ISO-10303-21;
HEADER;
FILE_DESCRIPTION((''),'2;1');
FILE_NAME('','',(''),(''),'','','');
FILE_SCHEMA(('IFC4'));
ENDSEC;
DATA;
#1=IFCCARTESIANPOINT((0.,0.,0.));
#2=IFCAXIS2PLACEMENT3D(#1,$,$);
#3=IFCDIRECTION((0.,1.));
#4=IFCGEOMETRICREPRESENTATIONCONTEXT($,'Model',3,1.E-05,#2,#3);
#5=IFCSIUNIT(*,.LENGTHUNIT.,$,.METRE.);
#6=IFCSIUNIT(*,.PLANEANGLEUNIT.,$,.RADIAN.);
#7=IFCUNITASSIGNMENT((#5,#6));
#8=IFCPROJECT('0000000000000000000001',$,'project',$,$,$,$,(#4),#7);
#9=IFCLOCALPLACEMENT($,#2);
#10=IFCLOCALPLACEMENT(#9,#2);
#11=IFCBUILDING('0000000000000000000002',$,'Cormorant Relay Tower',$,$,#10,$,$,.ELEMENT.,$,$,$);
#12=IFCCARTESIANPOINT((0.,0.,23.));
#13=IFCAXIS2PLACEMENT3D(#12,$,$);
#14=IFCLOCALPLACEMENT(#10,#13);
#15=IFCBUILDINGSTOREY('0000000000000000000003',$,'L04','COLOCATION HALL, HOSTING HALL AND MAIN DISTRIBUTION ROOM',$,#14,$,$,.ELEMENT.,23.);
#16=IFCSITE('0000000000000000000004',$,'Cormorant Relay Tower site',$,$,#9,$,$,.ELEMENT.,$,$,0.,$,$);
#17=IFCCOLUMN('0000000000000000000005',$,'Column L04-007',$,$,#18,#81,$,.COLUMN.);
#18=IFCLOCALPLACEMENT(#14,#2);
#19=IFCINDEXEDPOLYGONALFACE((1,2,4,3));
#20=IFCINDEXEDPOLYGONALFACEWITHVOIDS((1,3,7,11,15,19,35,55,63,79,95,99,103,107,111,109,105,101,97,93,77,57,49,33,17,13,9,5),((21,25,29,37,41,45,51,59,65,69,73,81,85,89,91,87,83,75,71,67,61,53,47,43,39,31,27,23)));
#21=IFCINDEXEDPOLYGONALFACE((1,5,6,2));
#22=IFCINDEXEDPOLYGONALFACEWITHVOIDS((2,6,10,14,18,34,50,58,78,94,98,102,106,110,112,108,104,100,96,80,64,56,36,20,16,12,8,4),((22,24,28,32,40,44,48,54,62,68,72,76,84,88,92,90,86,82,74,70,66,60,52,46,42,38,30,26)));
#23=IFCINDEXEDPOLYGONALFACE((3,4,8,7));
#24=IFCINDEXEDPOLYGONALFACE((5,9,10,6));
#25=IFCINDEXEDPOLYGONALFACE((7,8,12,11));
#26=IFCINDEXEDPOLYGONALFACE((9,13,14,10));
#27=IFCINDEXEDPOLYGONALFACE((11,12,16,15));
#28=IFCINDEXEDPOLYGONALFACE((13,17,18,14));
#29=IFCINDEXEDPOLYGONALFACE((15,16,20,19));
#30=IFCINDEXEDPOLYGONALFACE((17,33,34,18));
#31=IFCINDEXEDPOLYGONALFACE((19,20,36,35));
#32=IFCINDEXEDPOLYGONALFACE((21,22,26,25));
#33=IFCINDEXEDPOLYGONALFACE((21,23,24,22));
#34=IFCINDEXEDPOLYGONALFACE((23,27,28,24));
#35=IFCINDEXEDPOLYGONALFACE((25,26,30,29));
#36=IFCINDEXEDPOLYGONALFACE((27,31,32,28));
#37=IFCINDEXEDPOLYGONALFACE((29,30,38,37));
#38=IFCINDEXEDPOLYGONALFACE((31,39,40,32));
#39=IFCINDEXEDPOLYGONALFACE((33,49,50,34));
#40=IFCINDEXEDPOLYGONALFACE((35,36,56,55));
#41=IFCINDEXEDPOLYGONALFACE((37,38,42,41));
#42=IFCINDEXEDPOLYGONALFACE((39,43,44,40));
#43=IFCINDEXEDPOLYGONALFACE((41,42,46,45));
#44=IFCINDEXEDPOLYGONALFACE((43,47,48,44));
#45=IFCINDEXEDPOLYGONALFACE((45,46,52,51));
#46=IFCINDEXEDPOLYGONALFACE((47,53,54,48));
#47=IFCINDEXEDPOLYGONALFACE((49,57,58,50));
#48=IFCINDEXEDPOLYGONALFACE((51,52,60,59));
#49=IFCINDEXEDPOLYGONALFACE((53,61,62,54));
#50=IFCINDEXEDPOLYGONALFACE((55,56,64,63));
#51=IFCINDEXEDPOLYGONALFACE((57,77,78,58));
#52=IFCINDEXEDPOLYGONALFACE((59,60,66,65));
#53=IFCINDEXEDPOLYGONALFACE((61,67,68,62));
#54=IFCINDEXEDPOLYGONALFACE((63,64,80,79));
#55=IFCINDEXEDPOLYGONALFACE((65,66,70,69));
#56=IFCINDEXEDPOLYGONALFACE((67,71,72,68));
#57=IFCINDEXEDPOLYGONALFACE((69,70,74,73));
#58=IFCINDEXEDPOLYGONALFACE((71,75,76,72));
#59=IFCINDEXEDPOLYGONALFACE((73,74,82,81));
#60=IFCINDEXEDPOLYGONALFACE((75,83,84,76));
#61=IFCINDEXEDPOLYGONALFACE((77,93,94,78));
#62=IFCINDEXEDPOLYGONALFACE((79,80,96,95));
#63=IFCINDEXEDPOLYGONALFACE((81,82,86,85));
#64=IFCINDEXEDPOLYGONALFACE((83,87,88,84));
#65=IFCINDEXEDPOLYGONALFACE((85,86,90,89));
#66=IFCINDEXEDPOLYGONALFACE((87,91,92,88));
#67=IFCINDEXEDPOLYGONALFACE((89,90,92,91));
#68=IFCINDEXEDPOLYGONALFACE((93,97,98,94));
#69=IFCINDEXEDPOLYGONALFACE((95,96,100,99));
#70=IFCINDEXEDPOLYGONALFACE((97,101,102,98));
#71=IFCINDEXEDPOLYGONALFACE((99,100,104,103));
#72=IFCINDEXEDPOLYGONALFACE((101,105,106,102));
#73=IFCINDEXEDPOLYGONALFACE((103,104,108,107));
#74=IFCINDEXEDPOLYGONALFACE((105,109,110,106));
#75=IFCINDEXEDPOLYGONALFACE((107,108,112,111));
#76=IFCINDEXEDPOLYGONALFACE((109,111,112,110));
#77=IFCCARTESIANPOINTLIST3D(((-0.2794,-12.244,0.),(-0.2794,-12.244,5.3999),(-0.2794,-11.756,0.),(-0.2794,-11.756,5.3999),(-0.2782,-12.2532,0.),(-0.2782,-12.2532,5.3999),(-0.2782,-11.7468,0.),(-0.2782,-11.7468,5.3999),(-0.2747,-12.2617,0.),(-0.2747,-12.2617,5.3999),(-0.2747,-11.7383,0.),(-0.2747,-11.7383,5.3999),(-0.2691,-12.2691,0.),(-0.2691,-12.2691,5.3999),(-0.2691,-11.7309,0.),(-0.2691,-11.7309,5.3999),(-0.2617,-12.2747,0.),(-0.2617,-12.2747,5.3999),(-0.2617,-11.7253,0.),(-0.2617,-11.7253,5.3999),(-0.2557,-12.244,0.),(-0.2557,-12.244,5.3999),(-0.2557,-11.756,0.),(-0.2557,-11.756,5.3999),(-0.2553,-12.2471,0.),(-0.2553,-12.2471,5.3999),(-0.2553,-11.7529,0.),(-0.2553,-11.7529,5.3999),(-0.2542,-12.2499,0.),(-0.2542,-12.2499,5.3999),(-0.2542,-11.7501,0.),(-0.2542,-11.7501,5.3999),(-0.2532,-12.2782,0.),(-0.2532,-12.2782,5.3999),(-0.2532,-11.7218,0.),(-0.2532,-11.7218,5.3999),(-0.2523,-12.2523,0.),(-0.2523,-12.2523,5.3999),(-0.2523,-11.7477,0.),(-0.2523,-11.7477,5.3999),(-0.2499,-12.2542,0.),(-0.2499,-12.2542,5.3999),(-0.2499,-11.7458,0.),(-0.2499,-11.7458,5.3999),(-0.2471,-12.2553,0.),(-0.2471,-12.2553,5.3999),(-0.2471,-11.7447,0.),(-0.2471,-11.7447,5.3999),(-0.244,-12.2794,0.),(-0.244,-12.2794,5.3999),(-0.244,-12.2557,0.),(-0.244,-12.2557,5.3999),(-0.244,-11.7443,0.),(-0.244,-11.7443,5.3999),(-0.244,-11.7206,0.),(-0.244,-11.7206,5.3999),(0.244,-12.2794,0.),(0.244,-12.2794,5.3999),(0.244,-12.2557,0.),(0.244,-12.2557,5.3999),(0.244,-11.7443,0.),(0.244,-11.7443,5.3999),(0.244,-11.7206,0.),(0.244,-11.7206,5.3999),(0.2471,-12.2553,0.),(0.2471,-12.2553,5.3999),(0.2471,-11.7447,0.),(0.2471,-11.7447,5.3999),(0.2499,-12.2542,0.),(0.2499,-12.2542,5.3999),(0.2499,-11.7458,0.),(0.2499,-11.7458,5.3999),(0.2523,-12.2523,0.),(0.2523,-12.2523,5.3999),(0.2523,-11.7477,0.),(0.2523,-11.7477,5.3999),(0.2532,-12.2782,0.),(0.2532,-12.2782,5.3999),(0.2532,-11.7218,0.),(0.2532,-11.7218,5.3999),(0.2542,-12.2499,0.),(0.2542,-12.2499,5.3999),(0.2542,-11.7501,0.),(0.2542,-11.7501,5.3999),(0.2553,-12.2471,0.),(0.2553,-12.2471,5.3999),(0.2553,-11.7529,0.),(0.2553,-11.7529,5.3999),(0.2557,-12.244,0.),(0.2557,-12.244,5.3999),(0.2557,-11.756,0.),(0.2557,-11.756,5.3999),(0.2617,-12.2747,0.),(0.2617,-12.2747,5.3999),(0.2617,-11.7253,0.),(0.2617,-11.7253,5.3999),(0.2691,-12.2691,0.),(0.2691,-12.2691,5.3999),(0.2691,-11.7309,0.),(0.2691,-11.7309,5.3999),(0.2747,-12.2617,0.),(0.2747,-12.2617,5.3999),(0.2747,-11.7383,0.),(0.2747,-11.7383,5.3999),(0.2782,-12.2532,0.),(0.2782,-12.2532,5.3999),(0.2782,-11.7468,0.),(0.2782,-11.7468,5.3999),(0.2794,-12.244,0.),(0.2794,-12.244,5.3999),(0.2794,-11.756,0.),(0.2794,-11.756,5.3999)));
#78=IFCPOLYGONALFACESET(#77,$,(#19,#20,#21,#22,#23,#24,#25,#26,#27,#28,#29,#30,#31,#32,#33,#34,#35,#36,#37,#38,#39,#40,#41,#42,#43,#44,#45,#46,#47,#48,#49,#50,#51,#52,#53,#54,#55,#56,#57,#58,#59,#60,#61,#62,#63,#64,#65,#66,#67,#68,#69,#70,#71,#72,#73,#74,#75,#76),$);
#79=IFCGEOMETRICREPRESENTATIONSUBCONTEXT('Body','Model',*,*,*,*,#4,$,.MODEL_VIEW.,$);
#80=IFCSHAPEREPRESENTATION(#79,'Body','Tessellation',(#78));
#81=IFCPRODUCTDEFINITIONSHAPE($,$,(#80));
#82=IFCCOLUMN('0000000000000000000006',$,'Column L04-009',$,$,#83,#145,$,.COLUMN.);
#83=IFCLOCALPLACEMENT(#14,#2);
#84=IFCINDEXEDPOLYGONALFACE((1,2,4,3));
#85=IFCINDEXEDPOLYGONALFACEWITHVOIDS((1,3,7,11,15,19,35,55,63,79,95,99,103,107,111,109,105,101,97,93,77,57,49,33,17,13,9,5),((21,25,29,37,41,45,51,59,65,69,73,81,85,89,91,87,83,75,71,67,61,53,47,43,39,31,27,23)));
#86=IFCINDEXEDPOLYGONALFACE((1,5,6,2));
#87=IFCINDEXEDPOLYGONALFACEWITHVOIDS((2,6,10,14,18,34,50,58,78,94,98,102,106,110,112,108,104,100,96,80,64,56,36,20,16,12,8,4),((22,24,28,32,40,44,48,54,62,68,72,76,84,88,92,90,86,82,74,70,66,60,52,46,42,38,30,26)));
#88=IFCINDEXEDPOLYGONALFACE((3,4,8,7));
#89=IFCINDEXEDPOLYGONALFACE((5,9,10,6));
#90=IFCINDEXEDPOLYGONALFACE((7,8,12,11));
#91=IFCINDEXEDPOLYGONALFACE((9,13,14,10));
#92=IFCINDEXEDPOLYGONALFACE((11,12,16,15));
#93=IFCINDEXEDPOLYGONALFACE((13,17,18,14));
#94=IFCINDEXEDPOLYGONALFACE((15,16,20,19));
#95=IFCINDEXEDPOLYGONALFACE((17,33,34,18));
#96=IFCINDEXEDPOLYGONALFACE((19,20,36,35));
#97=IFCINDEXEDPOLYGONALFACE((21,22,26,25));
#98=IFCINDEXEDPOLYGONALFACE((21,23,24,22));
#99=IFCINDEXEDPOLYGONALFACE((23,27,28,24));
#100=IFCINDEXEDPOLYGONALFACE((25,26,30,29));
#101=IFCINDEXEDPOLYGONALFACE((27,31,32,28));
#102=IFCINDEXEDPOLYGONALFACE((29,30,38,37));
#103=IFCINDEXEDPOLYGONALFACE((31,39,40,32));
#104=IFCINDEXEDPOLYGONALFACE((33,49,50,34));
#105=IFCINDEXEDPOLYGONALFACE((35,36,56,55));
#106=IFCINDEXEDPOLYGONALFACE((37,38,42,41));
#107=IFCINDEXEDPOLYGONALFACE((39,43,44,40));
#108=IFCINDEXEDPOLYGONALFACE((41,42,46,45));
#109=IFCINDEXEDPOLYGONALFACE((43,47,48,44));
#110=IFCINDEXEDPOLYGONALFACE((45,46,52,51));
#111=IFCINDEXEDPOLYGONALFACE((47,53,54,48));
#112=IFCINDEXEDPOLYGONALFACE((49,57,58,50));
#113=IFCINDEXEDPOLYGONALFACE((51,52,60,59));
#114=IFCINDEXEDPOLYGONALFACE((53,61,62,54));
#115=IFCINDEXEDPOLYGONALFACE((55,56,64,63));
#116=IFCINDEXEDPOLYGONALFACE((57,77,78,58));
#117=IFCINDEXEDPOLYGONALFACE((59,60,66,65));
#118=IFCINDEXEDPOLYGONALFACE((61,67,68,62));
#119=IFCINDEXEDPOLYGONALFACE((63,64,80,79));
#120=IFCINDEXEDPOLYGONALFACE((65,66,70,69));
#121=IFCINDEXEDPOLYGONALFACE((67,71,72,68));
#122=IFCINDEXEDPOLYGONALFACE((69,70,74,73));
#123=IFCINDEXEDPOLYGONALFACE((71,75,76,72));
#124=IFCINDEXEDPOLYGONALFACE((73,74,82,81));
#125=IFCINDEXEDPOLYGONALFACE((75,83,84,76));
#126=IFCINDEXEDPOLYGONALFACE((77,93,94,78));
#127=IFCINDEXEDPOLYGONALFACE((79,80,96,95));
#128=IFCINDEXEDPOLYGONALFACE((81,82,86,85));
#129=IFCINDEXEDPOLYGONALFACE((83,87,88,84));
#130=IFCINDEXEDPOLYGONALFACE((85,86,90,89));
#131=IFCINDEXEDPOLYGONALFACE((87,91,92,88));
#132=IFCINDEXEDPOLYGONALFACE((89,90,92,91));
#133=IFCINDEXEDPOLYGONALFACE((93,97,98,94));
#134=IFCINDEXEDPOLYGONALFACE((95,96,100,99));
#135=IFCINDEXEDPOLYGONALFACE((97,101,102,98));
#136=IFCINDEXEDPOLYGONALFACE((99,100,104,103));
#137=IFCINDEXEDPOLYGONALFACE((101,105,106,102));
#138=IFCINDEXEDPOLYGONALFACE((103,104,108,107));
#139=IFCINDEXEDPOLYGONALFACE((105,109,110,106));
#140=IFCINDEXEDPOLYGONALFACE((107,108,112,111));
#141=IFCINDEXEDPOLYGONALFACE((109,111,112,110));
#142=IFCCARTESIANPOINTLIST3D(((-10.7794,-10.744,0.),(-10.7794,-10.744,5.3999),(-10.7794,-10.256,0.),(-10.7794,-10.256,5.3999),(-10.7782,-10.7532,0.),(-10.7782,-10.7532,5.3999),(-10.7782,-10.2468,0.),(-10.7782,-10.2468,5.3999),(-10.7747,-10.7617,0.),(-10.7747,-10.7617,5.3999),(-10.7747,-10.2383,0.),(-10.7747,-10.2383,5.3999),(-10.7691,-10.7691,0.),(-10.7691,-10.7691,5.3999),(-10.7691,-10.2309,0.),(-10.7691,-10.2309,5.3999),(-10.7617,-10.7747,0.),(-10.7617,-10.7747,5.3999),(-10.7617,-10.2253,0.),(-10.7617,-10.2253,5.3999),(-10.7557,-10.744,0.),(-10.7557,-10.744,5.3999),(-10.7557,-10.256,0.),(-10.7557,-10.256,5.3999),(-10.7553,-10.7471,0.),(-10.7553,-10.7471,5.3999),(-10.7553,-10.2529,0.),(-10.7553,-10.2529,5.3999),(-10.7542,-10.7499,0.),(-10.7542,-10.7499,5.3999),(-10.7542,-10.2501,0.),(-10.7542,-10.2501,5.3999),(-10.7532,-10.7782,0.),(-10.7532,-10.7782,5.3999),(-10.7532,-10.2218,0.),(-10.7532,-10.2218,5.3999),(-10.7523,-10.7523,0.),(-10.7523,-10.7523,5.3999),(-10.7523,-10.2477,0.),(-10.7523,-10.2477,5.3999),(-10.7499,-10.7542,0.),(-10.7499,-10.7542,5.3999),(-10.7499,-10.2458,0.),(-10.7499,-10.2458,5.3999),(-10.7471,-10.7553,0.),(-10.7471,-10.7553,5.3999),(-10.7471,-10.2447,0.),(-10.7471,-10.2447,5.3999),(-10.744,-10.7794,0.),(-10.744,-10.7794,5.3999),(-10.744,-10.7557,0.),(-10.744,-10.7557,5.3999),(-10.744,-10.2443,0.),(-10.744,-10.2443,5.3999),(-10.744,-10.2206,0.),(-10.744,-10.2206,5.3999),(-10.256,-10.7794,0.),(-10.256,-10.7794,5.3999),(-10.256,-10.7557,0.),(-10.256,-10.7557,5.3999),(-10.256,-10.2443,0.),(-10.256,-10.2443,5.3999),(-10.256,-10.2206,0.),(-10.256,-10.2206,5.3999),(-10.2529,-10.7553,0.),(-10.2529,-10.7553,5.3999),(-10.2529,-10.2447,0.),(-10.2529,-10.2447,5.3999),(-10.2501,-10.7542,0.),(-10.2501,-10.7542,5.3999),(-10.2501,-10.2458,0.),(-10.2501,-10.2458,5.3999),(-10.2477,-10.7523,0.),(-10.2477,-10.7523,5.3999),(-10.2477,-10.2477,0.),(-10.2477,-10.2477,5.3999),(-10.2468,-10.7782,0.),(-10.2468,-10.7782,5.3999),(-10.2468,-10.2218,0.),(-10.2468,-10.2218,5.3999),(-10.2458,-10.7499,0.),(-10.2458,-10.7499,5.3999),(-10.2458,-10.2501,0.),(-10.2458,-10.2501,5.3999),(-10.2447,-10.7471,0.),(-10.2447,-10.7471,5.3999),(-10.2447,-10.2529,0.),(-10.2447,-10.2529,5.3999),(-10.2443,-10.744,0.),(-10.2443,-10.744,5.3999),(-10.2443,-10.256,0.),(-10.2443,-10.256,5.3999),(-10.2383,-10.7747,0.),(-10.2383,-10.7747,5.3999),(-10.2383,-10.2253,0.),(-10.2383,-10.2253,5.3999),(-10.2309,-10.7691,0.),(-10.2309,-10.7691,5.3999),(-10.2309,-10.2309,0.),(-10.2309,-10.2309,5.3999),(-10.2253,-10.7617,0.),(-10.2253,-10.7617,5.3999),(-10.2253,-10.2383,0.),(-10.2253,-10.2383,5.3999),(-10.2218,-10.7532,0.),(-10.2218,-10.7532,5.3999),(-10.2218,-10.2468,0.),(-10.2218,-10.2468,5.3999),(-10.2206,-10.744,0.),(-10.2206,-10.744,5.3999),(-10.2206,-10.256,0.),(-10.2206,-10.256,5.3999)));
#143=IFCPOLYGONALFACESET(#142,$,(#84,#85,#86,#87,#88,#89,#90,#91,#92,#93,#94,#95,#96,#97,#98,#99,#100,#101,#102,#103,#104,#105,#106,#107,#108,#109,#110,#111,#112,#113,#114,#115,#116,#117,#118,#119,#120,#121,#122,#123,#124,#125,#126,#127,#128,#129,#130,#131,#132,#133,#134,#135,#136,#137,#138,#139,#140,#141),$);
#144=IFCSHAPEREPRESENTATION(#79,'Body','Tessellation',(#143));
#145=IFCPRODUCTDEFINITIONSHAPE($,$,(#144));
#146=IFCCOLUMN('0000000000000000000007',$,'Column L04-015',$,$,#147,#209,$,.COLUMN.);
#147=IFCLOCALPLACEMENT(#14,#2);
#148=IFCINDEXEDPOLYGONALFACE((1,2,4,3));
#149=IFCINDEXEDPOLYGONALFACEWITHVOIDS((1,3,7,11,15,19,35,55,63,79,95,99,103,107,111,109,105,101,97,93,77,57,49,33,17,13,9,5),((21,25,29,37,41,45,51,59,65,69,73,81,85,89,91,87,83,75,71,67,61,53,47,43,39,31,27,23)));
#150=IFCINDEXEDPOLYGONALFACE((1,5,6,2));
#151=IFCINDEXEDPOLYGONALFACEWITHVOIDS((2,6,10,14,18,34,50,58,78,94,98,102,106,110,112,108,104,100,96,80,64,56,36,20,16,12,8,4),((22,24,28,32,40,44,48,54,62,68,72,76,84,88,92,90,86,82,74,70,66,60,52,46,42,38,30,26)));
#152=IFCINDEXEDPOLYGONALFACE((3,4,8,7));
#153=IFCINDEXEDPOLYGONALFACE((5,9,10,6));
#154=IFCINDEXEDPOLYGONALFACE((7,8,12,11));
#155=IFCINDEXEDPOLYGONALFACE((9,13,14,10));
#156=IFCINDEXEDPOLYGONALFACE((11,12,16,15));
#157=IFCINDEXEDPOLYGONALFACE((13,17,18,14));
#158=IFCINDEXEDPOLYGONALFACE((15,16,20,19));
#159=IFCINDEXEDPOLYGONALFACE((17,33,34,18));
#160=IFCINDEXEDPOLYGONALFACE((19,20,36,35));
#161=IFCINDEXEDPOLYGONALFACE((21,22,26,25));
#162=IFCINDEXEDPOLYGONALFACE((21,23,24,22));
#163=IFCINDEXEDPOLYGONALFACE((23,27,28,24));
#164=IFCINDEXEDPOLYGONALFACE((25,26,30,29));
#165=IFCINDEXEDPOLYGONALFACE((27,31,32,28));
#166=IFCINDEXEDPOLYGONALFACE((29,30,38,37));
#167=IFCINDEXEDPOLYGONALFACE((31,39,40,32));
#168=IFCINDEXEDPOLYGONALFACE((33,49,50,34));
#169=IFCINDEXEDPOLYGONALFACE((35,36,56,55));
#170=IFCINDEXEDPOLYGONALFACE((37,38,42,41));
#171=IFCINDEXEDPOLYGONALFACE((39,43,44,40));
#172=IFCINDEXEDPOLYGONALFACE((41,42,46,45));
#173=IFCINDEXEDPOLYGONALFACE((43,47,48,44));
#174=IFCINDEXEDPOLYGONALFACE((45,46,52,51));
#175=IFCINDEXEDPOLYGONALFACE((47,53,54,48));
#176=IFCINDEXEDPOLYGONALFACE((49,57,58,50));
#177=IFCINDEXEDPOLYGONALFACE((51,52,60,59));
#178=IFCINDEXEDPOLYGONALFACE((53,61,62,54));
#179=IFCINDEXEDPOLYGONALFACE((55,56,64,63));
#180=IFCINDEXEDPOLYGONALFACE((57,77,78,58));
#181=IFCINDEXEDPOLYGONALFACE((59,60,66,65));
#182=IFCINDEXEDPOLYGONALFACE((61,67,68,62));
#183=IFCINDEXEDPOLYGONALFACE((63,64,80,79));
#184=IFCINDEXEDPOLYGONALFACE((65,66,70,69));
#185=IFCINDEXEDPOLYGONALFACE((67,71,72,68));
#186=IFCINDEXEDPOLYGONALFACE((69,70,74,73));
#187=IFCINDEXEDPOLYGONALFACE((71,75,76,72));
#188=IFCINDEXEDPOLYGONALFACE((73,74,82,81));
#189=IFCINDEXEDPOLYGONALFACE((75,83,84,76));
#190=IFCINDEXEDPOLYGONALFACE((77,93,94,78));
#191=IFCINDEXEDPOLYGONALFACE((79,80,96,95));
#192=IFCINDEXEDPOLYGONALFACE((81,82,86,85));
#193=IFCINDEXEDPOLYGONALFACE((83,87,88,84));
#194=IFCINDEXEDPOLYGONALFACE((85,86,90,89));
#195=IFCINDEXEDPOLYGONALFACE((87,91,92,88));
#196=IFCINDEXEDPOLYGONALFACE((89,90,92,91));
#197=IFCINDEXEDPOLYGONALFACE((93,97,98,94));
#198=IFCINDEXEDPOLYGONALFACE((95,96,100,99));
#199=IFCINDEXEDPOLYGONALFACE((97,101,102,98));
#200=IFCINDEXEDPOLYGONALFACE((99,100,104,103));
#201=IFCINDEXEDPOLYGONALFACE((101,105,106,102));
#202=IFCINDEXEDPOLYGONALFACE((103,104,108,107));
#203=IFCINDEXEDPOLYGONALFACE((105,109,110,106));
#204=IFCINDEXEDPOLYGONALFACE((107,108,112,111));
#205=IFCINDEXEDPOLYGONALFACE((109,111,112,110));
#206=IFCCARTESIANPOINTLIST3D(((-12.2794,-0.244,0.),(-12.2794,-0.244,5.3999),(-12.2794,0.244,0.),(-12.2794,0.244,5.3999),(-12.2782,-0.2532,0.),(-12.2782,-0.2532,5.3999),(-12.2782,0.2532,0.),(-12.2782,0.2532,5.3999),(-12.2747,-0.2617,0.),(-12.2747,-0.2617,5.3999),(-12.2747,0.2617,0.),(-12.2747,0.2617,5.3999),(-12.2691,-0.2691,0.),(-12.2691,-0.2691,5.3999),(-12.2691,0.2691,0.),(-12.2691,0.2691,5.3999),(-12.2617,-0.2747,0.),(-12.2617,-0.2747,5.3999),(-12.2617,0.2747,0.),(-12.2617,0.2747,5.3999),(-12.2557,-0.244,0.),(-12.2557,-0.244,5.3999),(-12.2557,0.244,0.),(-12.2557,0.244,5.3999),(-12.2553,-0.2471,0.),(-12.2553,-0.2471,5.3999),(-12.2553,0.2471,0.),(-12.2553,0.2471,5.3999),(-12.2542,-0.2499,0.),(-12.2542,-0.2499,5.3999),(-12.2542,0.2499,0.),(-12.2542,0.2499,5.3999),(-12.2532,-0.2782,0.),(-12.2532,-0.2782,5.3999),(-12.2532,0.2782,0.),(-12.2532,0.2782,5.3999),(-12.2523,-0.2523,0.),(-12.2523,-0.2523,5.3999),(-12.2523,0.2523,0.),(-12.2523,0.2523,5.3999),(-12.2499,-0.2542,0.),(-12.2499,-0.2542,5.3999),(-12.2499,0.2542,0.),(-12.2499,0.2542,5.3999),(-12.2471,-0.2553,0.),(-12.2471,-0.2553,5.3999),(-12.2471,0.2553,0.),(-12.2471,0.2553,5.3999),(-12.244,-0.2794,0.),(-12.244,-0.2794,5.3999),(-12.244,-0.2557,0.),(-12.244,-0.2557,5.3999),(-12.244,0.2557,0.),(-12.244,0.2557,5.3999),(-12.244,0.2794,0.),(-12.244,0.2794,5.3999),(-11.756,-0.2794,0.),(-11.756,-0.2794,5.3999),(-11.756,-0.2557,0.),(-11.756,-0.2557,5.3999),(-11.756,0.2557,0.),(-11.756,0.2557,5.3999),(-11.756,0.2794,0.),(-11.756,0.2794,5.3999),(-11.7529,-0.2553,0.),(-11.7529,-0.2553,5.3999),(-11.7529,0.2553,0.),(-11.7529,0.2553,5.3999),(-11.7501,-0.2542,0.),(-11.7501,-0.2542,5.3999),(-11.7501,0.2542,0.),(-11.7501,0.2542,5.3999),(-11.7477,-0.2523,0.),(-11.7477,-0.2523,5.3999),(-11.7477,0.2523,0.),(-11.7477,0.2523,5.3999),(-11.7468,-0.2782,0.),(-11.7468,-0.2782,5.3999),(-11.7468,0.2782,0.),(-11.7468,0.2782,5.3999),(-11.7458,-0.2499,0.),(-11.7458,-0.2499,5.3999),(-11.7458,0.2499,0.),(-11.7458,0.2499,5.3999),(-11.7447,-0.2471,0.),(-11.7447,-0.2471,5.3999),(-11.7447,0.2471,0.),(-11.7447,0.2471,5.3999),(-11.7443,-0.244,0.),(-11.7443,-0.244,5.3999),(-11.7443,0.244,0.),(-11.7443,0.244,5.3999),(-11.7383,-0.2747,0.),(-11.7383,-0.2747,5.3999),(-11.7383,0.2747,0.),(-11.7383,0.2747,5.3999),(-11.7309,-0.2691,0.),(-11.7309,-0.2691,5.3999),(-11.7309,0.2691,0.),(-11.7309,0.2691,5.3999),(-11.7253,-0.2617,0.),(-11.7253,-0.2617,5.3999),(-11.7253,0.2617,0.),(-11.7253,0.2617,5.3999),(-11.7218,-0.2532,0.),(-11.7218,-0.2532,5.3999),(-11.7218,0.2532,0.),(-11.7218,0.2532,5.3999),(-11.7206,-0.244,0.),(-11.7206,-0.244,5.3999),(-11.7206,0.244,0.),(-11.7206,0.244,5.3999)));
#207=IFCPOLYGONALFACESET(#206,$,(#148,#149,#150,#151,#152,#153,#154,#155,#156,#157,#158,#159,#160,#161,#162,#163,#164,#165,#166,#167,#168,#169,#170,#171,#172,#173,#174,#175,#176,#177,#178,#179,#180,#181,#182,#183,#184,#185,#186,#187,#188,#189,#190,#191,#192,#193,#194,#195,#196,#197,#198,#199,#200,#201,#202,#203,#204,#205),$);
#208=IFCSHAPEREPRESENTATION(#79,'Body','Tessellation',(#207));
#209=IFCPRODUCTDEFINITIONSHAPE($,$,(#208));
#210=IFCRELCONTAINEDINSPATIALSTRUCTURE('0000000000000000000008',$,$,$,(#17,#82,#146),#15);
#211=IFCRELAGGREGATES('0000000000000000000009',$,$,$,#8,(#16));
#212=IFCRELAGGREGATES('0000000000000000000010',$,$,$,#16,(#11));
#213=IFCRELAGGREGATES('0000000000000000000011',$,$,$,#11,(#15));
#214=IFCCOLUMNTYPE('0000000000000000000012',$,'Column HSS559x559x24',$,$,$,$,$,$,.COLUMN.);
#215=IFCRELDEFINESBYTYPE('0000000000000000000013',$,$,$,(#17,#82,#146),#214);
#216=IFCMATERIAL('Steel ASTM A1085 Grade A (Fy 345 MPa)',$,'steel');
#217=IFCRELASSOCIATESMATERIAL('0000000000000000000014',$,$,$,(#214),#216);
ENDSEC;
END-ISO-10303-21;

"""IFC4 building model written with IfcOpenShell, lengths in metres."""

from ifc_helpers import new_model, si_unit, direction, frame, origin, origin_2d, place, context, subcontext, project, spatial, hollow_rectangle, extrude, material, material_profile, profile_set, type_object, element, save


model = new_model("IFC4")

# Units and contexts
model_context = context("Model", 3, precision=1e-05, world=origin(), true_north=direction((0.0, 1.0)))
body_context = subcontext(model_context, "Body", "Model", "MODEL_VIEW")
ifc_project = project(units=[si_unit("LENGTHUNIT", "METRE"), si_unit("PLANEANGLEUNIT", "RADIAN")], contexts=[model_context])

# Site, building, storey
site_placement = place(None, origin())
site = spatial("IfcSite", under=ifc_project, at=site_placement, Name="Cormorant Relay Tower site", CompositionType="ELEMENT", RefElevation=0.0)
building_placement = place(site_placement, origin())
building = spatial("IfcBuilding", under=site, at=building_placement, Name="Cormorant Relay Tower", CompositionType="ELEMENT")
storey_placement = place(building_placement, frame((0.0, 0.0, 23.0)))
storey = spatial("IfcBuildingStorey", under=building, at=storey_placement, Name="L04", Description="COLOCATION HALL, HOSTING HALL AND MAIN DISTRIBUTION ROOM", CompositionType="ELEMENT", Elevation=23.0)

# Columns
ifc_material_1 = material(Name="Steel ASTM A1085 Grade A (Fy 345 MPa)", Category="steel")
ifc_material_profile = material_profile(ifc_material_1, hollow_rectangle(XDim=0.5588, YDim=0.5588, WallThickness=0.0237, InnerFilletRadius=0.0117, OuterFilletRadius=0.0354, at=origin_2d()), Name="HSS559x559x24")
ifc_profile_set = profile_set([ifc_material_profile], Name="Steel ASTM A1085 Grade A (Fy 345 MPa)")
column_type = type_object("IfcColumnType", Name="Column HSS559x559x24", PredefinedType="COLUMN", material=ifc_profile_set)
for number, where, z_axis, x_axis, name in (
    (1, (0.0, -12.0, 0.0), (0.0, 0.0, 1.0), (1.0, 0.0, 0.0), "Column L04-007"),
    (2, (-10.5, -10.5, 0.0), (0.0, 0.0, 1.0), (1.0, 0.0, 0.0), "Column L04-009"),
    (3, (-12.0, 0.0, 0.0), (0.0, 0.0, 1.0), (1.0, 0.0, 0.0), "Column L04-015"),
):
    element("IfcColumn", number, at=place(storey_placement, frame(where, z_axis=z_axis, x_axis=x_axis)), inside=storey, type_object=column_type, Name=name, PredefinedType="COLUMN", context=body_context, shape_type="SweptSolid", body=[
        extrude(hollow_rectangle(XDim=0.5588, YDim=0.5588, WallThickness=0.0237, InnerFilletRadius=0.0117, OuterFilletRadius=0.0354, at=origin_2d()), origin(), (0.0, 0.0, 1.0), 5.3999),
    ])

save(model, "model.ifc")
